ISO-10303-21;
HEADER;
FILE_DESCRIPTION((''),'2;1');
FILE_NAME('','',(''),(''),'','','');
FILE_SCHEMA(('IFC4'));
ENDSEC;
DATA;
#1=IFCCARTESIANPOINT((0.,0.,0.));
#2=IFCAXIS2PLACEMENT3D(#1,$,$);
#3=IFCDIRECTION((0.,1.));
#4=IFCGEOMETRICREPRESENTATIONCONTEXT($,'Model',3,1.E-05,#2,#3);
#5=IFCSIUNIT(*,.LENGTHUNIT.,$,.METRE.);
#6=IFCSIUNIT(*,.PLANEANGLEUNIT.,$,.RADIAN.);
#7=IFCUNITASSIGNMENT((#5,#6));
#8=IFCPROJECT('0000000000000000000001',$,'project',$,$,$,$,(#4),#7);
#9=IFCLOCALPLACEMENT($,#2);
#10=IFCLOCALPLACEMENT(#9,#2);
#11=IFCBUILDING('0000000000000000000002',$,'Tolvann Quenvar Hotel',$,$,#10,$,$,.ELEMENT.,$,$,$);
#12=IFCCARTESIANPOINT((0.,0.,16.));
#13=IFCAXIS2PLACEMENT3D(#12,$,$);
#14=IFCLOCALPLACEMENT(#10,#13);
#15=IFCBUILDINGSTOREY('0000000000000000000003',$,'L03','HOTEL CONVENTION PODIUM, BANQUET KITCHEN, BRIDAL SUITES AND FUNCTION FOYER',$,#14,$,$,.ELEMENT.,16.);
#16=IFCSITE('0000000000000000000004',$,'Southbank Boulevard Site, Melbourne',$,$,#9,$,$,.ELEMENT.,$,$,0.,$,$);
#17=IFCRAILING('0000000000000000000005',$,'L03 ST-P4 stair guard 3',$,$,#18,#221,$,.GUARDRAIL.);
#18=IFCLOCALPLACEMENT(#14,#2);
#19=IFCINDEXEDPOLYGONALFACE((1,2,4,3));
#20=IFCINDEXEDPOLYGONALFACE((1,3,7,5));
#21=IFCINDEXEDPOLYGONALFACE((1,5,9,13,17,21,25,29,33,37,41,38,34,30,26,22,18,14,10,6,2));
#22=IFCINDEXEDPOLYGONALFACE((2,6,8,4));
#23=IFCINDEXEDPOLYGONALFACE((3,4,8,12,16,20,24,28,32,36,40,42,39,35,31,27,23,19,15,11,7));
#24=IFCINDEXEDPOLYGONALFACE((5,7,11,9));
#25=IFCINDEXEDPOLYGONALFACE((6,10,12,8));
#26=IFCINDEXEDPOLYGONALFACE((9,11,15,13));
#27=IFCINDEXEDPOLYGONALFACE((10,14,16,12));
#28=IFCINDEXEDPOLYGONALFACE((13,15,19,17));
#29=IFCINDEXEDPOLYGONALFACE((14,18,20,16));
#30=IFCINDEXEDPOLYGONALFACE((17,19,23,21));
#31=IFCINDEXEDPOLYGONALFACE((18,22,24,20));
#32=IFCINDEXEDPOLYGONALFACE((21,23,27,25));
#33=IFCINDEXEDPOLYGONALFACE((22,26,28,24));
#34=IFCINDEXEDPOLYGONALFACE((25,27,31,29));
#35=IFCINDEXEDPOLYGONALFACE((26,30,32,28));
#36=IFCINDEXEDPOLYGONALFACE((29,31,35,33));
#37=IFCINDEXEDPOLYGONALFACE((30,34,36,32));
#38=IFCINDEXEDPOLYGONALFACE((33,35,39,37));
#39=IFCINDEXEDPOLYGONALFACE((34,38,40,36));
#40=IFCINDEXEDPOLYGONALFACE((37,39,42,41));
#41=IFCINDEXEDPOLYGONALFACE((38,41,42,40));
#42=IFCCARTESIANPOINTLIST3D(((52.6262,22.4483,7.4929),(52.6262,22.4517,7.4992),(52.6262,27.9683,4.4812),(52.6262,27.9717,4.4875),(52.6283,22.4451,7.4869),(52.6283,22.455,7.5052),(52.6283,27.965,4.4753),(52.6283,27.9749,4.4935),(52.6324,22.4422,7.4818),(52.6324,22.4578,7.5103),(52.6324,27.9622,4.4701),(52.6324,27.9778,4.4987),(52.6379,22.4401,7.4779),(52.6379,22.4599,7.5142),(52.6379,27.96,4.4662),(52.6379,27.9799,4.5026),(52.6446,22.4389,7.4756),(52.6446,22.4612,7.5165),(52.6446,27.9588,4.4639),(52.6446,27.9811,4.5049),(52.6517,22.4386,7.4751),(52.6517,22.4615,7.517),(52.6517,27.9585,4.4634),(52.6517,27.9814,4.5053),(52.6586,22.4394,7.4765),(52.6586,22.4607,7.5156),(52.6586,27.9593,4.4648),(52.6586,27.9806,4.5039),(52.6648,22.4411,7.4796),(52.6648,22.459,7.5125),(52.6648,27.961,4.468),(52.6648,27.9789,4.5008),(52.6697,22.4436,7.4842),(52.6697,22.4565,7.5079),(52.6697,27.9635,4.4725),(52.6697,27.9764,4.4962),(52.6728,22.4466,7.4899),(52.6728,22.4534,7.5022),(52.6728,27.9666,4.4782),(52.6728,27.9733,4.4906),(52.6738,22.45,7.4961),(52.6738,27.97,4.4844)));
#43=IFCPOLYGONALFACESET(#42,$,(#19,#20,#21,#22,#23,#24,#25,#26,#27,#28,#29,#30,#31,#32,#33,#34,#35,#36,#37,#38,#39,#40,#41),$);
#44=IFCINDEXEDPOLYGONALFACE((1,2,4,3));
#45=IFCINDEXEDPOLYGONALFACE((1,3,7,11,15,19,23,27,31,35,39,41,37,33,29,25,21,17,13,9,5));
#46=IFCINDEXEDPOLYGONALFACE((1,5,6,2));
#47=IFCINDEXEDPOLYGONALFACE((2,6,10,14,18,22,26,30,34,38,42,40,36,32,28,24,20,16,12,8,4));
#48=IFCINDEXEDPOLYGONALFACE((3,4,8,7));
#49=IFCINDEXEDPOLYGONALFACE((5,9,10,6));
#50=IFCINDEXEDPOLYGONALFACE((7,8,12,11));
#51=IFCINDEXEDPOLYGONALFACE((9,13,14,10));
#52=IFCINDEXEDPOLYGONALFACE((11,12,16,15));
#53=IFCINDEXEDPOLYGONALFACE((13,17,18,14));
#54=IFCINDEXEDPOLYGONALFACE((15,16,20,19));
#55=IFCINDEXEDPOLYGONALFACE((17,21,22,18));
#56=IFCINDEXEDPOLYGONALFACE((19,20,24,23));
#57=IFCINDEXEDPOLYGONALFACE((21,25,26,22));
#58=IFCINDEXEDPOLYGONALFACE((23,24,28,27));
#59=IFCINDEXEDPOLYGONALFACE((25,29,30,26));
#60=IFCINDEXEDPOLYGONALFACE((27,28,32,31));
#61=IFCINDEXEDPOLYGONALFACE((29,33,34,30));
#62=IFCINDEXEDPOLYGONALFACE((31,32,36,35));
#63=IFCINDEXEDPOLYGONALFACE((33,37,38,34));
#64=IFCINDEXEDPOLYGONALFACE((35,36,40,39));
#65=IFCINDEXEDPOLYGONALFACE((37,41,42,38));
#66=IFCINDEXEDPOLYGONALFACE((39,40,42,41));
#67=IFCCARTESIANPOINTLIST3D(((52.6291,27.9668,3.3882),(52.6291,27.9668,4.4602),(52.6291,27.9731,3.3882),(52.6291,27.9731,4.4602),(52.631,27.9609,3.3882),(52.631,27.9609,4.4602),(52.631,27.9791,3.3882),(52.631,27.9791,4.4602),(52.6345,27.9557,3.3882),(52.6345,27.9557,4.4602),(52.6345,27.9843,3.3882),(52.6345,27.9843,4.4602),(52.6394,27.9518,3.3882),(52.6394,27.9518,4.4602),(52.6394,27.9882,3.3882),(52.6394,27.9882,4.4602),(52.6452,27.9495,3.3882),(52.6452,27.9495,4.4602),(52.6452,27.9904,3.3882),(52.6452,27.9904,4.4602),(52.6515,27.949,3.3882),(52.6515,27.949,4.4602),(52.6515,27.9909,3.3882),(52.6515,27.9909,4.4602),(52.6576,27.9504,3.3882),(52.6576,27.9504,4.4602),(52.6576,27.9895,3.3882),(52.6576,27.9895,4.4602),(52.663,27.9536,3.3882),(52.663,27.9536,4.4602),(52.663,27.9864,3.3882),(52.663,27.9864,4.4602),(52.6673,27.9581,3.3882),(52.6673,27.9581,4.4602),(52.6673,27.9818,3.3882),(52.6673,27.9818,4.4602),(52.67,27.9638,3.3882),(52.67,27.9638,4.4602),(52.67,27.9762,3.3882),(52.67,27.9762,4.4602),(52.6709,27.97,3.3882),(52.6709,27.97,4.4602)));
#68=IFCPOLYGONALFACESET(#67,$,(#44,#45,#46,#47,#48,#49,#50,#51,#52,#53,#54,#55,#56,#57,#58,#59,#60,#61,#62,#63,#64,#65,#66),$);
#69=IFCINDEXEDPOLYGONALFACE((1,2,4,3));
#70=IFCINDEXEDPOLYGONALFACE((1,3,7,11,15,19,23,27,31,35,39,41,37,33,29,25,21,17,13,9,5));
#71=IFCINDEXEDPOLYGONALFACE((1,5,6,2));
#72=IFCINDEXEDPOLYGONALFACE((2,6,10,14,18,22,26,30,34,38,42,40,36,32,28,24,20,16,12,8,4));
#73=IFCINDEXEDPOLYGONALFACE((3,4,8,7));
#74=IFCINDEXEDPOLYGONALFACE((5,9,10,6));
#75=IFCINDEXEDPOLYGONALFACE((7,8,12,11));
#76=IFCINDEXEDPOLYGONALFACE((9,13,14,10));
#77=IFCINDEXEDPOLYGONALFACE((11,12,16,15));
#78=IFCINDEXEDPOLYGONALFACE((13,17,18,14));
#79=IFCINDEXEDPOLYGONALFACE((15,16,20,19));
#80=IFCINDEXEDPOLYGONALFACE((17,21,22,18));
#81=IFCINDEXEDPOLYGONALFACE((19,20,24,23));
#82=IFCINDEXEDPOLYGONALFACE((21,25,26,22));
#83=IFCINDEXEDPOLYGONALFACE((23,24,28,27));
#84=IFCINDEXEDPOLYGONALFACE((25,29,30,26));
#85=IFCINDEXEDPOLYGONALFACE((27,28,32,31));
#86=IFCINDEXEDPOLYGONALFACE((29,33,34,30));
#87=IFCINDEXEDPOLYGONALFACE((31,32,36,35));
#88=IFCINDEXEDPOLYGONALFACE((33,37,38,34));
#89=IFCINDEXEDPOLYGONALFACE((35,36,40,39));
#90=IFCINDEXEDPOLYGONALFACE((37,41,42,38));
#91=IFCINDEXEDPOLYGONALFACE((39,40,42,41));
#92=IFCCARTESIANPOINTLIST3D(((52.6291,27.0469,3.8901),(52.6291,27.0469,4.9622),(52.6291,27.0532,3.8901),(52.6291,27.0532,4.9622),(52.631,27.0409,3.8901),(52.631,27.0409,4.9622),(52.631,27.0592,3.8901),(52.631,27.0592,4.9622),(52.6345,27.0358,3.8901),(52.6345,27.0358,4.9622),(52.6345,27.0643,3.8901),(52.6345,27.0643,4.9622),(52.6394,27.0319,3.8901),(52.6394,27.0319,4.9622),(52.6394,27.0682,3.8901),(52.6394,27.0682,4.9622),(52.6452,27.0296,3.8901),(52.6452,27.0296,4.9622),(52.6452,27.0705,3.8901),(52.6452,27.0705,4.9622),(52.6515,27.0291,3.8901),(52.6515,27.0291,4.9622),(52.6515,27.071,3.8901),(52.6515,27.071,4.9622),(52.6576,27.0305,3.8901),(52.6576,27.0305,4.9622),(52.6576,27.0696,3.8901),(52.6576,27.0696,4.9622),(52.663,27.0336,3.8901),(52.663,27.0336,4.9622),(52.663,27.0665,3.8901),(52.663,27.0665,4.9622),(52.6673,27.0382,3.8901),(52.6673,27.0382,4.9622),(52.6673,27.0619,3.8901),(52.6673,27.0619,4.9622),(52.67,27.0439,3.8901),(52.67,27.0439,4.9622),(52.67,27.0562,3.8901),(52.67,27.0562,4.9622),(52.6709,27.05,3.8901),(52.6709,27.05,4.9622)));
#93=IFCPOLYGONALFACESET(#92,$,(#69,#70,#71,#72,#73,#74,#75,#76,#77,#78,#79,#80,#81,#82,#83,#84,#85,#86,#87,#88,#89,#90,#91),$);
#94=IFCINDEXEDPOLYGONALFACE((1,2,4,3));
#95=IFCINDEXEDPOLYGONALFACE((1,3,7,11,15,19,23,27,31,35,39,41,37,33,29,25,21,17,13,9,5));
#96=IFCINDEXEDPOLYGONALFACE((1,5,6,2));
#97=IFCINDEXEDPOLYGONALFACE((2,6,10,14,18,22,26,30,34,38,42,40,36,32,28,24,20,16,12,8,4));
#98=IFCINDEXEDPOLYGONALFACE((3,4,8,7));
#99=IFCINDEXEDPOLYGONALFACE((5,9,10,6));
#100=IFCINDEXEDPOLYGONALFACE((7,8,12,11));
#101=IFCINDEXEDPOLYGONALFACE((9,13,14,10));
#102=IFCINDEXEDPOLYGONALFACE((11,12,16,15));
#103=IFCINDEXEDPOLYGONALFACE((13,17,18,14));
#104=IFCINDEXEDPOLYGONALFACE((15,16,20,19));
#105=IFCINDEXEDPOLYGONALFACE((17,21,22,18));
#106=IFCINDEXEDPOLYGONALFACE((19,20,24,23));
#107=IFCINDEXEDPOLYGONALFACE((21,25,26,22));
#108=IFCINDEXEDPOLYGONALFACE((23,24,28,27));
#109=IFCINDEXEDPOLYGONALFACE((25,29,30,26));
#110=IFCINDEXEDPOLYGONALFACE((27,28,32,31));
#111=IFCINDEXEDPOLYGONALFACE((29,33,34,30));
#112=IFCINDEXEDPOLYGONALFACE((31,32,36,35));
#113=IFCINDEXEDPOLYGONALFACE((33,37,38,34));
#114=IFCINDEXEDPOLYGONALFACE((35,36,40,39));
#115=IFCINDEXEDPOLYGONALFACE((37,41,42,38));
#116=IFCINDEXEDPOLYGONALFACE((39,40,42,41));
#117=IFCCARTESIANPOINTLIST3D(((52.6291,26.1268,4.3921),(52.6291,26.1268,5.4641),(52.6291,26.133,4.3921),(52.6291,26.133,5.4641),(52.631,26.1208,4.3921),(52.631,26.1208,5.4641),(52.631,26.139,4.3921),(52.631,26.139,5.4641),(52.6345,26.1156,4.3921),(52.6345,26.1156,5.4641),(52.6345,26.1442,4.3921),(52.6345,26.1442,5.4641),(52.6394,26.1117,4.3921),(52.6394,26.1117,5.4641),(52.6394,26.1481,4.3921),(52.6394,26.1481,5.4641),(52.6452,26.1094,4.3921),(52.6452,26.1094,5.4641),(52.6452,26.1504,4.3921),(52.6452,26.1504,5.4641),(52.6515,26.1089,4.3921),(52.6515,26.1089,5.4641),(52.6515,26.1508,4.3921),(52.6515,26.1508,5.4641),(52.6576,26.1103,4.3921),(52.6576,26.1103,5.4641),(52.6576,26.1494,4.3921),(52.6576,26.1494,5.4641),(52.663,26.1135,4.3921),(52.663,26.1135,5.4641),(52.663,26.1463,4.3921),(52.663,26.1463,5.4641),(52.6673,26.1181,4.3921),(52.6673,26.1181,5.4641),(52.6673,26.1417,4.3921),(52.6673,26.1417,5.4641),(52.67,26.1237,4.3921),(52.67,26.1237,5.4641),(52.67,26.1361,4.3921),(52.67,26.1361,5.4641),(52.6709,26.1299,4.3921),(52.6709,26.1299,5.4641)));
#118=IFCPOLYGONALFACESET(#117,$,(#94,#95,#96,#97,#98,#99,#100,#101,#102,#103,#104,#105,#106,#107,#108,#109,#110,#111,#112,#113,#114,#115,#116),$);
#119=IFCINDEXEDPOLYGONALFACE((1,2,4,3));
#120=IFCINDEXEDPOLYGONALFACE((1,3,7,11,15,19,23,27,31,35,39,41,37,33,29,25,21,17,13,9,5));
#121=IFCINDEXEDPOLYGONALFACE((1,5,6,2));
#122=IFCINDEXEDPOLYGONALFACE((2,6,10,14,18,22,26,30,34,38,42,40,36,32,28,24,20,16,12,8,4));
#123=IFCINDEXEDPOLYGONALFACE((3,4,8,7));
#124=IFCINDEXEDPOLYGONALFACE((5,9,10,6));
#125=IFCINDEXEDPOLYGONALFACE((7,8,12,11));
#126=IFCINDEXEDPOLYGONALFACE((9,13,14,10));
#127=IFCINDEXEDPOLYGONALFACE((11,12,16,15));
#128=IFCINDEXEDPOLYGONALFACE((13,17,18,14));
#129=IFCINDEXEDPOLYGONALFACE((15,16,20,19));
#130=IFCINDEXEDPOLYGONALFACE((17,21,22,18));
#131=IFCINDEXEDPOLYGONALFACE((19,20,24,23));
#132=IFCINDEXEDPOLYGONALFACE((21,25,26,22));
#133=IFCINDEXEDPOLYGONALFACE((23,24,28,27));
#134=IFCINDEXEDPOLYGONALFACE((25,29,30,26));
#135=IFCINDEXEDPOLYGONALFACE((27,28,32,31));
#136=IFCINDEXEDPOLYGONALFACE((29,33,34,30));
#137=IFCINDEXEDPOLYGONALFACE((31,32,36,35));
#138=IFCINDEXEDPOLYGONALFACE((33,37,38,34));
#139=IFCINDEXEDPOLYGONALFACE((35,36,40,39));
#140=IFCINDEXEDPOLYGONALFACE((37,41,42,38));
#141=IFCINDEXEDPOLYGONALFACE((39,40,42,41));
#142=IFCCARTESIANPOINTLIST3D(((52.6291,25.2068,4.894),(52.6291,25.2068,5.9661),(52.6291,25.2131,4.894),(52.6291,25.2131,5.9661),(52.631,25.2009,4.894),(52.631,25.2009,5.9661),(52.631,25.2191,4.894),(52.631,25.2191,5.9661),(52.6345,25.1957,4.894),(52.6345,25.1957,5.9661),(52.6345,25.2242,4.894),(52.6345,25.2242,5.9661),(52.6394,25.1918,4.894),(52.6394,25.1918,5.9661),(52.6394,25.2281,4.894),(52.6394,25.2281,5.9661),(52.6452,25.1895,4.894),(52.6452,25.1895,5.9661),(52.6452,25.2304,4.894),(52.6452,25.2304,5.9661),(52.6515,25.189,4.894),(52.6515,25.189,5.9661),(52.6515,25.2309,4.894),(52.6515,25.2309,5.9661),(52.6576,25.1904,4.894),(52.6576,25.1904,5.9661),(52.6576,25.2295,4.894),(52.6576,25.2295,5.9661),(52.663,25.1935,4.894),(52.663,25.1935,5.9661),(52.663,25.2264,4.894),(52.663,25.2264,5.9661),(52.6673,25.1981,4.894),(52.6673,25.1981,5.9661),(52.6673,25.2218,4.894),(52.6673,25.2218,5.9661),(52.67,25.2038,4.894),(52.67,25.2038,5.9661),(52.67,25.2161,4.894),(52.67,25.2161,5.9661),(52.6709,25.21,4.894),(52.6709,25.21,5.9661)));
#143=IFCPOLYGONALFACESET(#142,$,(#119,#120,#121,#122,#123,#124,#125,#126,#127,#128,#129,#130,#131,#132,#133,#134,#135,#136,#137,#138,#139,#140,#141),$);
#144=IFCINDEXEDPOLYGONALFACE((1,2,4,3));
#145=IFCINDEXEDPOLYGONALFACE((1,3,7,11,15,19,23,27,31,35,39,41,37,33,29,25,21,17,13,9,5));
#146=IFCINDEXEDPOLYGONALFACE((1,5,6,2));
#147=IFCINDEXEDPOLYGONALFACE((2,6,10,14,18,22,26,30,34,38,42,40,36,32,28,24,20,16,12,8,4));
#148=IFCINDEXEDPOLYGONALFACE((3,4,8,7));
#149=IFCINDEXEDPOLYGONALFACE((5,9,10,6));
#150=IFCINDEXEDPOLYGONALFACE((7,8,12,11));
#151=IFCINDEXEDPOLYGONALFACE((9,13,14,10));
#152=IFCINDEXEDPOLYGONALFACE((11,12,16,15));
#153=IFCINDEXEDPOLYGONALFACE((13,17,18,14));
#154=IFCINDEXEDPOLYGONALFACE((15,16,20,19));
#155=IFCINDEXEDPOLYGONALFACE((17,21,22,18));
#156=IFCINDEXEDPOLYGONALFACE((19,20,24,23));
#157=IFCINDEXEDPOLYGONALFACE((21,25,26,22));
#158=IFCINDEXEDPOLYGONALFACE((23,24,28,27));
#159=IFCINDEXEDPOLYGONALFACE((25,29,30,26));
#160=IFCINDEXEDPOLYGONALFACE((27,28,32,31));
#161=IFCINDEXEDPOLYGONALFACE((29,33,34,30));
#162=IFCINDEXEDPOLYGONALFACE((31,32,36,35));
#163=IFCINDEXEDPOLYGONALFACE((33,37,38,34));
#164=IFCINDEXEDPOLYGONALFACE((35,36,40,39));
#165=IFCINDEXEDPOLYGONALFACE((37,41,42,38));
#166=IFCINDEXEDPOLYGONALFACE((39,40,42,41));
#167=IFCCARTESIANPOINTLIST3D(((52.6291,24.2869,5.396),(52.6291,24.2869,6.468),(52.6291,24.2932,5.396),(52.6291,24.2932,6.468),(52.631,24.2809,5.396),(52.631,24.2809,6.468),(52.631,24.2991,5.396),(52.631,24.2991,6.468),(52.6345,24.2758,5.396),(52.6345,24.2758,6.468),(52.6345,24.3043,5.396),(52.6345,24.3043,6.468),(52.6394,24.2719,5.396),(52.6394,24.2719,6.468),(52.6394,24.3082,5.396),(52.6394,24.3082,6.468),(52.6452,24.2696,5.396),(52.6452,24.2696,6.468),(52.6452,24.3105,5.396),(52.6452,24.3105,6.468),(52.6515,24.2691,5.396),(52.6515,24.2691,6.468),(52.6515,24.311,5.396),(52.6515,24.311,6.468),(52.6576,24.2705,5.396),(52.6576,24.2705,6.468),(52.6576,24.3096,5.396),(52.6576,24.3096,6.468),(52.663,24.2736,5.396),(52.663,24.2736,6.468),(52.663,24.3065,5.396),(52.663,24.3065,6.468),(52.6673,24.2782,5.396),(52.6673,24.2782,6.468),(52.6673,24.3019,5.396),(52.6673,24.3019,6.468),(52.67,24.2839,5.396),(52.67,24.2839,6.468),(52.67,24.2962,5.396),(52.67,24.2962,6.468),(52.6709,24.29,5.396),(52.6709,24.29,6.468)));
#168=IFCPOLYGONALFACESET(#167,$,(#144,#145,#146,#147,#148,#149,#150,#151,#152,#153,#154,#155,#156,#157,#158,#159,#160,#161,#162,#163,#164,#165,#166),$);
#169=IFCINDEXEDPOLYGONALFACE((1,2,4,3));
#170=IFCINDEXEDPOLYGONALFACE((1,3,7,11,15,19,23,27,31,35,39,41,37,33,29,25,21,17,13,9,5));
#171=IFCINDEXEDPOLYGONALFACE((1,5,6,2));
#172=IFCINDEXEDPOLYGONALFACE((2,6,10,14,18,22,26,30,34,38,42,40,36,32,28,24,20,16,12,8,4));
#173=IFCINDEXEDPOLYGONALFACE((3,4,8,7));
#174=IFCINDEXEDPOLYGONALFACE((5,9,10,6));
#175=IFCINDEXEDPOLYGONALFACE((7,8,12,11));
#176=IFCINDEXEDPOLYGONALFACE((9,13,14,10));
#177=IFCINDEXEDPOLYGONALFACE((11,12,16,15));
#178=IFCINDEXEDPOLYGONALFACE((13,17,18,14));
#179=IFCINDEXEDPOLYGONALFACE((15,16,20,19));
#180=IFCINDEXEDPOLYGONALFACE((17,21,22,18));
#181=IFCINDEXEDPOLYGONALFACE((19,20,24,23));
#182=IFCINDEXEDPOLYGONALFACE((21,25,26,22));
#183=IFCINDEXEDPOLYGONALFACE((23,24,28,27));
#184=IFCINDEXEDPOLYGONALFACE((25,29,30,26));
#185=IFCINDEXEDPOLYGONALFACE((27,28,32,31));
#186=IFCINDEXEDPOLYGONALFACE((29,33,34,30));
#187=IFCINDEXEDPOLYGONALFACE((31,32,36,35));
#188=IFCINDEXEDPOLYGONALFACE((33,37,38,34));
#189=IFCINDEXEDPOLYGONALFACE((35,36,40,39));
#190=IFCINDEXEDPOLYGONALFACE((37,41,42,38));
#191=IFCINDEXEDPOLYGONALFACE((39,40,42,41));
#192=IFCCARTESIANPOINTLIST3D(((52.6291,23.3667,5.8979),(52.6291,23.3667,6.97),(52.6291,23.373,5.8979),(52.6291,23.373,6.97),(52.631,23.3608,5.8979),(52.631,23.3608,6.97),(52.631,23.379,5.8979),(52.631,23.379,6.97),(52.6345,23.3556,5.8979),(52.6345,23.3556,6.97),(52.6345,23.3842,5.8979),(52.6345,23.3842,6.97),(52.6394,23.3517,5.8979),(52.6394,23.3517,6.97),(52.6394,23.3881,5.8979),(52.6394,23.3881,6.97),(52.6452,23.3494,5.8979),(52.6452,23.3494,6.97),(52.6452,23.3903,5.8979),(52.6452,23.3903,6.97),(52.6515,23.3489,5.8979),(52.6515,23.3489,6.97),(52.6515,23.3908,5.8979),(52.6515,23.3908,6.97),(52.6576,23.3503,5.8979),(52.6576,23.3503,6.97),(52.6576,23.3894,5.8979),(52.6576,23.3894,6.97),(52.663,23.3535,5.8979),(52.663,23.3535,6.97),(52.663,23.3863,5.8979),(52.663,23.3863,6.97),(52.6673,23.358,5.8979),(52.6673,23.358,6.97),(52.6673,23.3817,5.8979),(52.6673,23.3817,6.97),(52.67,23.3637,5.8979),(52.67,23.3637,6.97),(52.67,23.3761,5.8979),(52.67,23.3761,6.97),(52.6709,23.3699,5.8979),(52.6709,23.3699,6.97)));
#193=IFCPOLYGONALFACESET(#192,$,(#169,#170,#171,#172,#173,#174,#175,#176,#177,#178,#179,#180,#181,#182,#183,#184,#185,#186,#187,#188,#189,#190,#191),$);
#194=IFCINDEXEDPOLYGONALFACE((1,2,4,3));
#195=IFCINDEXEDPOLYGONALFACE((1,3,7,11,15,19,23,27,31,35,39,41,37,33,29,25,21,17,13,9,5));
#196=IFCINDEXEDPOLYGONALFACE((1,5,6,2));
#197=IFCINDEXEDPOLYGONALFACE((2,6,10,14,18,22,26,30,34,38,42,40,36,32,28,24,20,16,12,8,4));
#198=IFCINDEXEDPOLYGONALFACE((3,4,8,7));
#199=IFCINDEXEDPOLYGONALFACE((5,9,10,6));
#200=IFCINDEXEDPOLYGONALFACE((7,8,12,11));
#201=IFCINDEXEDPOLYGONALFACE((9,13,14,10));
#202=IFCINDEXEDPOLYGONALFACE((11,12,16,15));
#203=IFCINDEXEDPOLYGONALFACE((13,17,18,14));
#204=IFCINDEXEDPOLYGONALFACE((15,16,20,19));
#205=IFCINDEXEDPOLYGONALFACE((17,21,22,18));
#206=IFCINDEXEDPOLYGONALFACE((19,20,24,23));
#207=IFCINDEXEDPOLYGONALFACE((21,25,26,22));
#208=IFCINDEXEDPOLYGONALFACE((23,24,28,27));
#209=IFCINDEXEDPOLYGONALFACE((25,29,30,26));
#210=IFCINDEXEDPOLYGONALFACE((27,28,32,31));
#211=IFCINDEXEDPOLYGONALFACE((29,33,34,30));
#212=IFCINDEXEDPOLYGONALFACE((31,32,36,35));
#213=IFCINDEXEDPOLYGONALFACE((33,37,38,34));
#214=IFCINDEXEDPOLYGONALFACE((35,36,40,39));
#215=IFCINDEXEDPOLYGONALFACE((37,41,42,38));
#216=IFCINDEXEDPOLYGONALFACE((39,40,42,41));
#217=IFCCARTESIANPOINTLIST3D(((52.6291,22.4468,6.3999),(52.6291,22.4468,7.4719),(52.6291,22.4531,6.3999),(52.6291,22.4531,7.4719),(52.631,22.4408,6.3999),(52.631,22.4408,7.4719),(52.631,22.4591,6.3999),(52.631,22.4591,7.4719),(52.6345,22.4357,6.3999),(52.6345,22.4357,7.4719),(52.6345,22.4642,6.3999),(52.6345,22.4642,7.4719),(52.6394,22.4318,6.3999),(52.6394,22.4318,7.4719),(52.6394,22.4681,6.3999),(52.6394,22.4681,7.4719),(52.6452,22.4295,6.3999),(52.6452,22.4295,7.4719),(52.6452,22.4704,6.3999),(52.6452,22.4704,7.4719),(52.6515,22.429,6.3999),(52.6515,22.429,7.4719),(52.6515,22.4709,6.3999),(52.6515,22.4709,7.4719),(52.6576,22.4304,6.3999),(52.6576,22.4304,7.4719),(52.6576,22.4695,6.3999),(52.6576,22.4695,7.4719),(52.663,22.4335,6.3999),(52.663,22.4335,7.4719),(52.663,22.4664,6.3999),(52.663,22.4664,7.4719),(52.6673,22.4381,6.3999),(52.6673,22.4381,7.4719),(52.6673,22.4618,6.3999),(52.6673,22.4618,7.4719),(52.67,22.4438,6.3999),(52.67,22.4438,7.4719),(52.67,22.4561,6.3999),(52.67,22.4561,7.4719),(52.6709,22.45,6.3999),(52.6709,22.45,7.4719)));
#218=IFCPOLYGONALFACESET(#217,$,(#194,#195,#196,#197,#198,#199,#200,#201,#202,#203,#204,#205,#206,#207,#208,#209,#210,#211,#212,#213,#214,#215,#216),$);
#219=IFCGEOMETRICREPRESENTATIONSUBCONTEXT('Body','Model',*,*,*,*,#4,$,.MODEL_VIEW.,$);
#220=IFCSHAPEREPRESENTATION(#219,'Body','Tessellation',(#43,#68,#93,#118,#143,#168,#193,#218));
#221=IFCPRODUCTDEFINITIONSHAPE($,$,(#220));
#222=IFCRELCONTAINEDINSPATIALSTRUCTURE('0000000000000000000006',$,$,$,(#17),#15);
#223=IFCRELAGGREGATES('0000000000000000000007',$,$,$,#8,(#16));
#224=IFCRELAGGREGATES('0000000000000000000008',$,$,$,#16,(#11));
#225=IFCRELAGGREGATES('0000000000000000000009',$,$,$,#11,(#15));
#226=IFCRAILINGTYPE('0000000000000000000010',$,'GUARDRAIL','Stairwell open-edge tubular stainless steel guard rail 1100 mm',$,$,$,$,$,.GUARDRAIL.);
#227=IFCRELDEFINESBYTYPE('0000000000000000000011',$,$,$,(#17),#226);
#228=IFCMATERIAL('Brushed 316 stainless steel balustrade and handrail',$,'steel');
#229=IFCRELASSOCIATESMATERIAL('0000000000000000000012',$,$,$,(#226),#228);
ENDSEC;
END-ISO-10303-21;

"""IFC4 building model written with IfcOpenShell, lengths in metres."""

from ifc_helpers import new_model, si_unit, direction, frame, origin, origin_2d, place, context, subcontext, project, spatial, circle, extrude, material, type_object, element, save


model = new_model("IFC4")

# Units and contexts
model_context = context("Model", 3, precision=1e-05, world=origin(), true_north=direction((0.0, 1.0)))
body_context = subcontext(model_context, "Body", "Model", "MODEL_VIEW")
ifc_project = project(units=[si_unit("LENGTHUNIT", "METRE"), si_unit("PLANEANGLEUNIT", "RADIAN")], contexts=[model_context])

# Site, building, storey
site_placement = place(None, origin())
site = spatial("IfcSite", under=ifc_project, at=site_placement, Name="Southbank Boulevard Site, Melbourne", CompositionType="ELEMENT", RefElevation=0.0)
building_placement = place(site_placement, origin())
building = spatial("IfcBuilding", under=site, at=building_placement, Name="Tolvann Quenvar Hotel", CompositionType="ELEMENT")
storey_placement = place(building_placement, frame((0.0, 0.0, 16.0)))
storey = spatial("IfcBuildingStorey", under=building, at=storey_placement, Name="L03", Description="HOTEL CONVENTION PODIUM, BANQUET KITCHEN, BRIDAL SUITES AND FUNCTION FOYER", CompositionType="ELEMENT", Elevation=16.0)

# Railing
ifc_material_1 = material(Name="Brushed 316 stainless steel balustrade and handrail", Category="steel")
railing_type = type_object("IfcRailingType", Name="GUARDRAIL", Description="Stairwell open-edge tubular stainless steel guard rail 1100 mm", PredefinedType="GUARDRAIL", material=ifc_material_1)
railing_1_placement = place(storey_placement, frame((52.6499, 27.97, 3.3882)))
element("IfcRailing", 1, at=railing_1_placement, inside=storey, type_object=railing_type, Name="L03 ST-P4 stair guard 3", PredefinedType="GUARDRAIL", context=body_context, shape_type="SweptSolid", body=[
    extrude(circle(Radius=0.0239, at=origin_2d()), frame((0.0, 0.0, 1.0962), z_axis=(0.0, -0.877842, 0.47895), x_axis=(1.0, 0.0, 0.0)), (0.0, 0.0, 1.0), 6.2881),
    extrude(circle(Radius=0.021, at=origin_2d()), origin(), (0.0, 0.0, 1.0), 1.072),
    extrude(circle(Radius=0.021, at=origin_2d()), frame((0.0, -0.9199, 0.502)), (0.0, 0.0, 1.0), 1.072),
    extrude(circle(Radius=0.021, at=origin_2d()), frame((0.0, -1.8401, 1.0039)), (0.0, 0.0, 1.0), 1.072),
    extrude(circle(Radius=0.021, at=origin_2d()), frame((0.0, -2.76, 1.5059)), (0.0, 0.0, 1.0), 1.072),
    extrude(circle(Radius=0.021, at=origin_2d()), frame((0.0, -3.6799, 2.0078)), (0.0, 0.0, 1.0), 1.072),
    extrude(circle(Radius=0.021, at=origin_2d()), frame((0.0, -4.6001, 2.5098)), (0.0, 0.0, 1.0), 1.072),
    extrude(circle(Radius=0.021, at=origin_2d()), frame((0.0, -5.52, 3.0117)), (0.0, 0.0, 1.0), 1.072),
])

save(model, "model.ifc")
